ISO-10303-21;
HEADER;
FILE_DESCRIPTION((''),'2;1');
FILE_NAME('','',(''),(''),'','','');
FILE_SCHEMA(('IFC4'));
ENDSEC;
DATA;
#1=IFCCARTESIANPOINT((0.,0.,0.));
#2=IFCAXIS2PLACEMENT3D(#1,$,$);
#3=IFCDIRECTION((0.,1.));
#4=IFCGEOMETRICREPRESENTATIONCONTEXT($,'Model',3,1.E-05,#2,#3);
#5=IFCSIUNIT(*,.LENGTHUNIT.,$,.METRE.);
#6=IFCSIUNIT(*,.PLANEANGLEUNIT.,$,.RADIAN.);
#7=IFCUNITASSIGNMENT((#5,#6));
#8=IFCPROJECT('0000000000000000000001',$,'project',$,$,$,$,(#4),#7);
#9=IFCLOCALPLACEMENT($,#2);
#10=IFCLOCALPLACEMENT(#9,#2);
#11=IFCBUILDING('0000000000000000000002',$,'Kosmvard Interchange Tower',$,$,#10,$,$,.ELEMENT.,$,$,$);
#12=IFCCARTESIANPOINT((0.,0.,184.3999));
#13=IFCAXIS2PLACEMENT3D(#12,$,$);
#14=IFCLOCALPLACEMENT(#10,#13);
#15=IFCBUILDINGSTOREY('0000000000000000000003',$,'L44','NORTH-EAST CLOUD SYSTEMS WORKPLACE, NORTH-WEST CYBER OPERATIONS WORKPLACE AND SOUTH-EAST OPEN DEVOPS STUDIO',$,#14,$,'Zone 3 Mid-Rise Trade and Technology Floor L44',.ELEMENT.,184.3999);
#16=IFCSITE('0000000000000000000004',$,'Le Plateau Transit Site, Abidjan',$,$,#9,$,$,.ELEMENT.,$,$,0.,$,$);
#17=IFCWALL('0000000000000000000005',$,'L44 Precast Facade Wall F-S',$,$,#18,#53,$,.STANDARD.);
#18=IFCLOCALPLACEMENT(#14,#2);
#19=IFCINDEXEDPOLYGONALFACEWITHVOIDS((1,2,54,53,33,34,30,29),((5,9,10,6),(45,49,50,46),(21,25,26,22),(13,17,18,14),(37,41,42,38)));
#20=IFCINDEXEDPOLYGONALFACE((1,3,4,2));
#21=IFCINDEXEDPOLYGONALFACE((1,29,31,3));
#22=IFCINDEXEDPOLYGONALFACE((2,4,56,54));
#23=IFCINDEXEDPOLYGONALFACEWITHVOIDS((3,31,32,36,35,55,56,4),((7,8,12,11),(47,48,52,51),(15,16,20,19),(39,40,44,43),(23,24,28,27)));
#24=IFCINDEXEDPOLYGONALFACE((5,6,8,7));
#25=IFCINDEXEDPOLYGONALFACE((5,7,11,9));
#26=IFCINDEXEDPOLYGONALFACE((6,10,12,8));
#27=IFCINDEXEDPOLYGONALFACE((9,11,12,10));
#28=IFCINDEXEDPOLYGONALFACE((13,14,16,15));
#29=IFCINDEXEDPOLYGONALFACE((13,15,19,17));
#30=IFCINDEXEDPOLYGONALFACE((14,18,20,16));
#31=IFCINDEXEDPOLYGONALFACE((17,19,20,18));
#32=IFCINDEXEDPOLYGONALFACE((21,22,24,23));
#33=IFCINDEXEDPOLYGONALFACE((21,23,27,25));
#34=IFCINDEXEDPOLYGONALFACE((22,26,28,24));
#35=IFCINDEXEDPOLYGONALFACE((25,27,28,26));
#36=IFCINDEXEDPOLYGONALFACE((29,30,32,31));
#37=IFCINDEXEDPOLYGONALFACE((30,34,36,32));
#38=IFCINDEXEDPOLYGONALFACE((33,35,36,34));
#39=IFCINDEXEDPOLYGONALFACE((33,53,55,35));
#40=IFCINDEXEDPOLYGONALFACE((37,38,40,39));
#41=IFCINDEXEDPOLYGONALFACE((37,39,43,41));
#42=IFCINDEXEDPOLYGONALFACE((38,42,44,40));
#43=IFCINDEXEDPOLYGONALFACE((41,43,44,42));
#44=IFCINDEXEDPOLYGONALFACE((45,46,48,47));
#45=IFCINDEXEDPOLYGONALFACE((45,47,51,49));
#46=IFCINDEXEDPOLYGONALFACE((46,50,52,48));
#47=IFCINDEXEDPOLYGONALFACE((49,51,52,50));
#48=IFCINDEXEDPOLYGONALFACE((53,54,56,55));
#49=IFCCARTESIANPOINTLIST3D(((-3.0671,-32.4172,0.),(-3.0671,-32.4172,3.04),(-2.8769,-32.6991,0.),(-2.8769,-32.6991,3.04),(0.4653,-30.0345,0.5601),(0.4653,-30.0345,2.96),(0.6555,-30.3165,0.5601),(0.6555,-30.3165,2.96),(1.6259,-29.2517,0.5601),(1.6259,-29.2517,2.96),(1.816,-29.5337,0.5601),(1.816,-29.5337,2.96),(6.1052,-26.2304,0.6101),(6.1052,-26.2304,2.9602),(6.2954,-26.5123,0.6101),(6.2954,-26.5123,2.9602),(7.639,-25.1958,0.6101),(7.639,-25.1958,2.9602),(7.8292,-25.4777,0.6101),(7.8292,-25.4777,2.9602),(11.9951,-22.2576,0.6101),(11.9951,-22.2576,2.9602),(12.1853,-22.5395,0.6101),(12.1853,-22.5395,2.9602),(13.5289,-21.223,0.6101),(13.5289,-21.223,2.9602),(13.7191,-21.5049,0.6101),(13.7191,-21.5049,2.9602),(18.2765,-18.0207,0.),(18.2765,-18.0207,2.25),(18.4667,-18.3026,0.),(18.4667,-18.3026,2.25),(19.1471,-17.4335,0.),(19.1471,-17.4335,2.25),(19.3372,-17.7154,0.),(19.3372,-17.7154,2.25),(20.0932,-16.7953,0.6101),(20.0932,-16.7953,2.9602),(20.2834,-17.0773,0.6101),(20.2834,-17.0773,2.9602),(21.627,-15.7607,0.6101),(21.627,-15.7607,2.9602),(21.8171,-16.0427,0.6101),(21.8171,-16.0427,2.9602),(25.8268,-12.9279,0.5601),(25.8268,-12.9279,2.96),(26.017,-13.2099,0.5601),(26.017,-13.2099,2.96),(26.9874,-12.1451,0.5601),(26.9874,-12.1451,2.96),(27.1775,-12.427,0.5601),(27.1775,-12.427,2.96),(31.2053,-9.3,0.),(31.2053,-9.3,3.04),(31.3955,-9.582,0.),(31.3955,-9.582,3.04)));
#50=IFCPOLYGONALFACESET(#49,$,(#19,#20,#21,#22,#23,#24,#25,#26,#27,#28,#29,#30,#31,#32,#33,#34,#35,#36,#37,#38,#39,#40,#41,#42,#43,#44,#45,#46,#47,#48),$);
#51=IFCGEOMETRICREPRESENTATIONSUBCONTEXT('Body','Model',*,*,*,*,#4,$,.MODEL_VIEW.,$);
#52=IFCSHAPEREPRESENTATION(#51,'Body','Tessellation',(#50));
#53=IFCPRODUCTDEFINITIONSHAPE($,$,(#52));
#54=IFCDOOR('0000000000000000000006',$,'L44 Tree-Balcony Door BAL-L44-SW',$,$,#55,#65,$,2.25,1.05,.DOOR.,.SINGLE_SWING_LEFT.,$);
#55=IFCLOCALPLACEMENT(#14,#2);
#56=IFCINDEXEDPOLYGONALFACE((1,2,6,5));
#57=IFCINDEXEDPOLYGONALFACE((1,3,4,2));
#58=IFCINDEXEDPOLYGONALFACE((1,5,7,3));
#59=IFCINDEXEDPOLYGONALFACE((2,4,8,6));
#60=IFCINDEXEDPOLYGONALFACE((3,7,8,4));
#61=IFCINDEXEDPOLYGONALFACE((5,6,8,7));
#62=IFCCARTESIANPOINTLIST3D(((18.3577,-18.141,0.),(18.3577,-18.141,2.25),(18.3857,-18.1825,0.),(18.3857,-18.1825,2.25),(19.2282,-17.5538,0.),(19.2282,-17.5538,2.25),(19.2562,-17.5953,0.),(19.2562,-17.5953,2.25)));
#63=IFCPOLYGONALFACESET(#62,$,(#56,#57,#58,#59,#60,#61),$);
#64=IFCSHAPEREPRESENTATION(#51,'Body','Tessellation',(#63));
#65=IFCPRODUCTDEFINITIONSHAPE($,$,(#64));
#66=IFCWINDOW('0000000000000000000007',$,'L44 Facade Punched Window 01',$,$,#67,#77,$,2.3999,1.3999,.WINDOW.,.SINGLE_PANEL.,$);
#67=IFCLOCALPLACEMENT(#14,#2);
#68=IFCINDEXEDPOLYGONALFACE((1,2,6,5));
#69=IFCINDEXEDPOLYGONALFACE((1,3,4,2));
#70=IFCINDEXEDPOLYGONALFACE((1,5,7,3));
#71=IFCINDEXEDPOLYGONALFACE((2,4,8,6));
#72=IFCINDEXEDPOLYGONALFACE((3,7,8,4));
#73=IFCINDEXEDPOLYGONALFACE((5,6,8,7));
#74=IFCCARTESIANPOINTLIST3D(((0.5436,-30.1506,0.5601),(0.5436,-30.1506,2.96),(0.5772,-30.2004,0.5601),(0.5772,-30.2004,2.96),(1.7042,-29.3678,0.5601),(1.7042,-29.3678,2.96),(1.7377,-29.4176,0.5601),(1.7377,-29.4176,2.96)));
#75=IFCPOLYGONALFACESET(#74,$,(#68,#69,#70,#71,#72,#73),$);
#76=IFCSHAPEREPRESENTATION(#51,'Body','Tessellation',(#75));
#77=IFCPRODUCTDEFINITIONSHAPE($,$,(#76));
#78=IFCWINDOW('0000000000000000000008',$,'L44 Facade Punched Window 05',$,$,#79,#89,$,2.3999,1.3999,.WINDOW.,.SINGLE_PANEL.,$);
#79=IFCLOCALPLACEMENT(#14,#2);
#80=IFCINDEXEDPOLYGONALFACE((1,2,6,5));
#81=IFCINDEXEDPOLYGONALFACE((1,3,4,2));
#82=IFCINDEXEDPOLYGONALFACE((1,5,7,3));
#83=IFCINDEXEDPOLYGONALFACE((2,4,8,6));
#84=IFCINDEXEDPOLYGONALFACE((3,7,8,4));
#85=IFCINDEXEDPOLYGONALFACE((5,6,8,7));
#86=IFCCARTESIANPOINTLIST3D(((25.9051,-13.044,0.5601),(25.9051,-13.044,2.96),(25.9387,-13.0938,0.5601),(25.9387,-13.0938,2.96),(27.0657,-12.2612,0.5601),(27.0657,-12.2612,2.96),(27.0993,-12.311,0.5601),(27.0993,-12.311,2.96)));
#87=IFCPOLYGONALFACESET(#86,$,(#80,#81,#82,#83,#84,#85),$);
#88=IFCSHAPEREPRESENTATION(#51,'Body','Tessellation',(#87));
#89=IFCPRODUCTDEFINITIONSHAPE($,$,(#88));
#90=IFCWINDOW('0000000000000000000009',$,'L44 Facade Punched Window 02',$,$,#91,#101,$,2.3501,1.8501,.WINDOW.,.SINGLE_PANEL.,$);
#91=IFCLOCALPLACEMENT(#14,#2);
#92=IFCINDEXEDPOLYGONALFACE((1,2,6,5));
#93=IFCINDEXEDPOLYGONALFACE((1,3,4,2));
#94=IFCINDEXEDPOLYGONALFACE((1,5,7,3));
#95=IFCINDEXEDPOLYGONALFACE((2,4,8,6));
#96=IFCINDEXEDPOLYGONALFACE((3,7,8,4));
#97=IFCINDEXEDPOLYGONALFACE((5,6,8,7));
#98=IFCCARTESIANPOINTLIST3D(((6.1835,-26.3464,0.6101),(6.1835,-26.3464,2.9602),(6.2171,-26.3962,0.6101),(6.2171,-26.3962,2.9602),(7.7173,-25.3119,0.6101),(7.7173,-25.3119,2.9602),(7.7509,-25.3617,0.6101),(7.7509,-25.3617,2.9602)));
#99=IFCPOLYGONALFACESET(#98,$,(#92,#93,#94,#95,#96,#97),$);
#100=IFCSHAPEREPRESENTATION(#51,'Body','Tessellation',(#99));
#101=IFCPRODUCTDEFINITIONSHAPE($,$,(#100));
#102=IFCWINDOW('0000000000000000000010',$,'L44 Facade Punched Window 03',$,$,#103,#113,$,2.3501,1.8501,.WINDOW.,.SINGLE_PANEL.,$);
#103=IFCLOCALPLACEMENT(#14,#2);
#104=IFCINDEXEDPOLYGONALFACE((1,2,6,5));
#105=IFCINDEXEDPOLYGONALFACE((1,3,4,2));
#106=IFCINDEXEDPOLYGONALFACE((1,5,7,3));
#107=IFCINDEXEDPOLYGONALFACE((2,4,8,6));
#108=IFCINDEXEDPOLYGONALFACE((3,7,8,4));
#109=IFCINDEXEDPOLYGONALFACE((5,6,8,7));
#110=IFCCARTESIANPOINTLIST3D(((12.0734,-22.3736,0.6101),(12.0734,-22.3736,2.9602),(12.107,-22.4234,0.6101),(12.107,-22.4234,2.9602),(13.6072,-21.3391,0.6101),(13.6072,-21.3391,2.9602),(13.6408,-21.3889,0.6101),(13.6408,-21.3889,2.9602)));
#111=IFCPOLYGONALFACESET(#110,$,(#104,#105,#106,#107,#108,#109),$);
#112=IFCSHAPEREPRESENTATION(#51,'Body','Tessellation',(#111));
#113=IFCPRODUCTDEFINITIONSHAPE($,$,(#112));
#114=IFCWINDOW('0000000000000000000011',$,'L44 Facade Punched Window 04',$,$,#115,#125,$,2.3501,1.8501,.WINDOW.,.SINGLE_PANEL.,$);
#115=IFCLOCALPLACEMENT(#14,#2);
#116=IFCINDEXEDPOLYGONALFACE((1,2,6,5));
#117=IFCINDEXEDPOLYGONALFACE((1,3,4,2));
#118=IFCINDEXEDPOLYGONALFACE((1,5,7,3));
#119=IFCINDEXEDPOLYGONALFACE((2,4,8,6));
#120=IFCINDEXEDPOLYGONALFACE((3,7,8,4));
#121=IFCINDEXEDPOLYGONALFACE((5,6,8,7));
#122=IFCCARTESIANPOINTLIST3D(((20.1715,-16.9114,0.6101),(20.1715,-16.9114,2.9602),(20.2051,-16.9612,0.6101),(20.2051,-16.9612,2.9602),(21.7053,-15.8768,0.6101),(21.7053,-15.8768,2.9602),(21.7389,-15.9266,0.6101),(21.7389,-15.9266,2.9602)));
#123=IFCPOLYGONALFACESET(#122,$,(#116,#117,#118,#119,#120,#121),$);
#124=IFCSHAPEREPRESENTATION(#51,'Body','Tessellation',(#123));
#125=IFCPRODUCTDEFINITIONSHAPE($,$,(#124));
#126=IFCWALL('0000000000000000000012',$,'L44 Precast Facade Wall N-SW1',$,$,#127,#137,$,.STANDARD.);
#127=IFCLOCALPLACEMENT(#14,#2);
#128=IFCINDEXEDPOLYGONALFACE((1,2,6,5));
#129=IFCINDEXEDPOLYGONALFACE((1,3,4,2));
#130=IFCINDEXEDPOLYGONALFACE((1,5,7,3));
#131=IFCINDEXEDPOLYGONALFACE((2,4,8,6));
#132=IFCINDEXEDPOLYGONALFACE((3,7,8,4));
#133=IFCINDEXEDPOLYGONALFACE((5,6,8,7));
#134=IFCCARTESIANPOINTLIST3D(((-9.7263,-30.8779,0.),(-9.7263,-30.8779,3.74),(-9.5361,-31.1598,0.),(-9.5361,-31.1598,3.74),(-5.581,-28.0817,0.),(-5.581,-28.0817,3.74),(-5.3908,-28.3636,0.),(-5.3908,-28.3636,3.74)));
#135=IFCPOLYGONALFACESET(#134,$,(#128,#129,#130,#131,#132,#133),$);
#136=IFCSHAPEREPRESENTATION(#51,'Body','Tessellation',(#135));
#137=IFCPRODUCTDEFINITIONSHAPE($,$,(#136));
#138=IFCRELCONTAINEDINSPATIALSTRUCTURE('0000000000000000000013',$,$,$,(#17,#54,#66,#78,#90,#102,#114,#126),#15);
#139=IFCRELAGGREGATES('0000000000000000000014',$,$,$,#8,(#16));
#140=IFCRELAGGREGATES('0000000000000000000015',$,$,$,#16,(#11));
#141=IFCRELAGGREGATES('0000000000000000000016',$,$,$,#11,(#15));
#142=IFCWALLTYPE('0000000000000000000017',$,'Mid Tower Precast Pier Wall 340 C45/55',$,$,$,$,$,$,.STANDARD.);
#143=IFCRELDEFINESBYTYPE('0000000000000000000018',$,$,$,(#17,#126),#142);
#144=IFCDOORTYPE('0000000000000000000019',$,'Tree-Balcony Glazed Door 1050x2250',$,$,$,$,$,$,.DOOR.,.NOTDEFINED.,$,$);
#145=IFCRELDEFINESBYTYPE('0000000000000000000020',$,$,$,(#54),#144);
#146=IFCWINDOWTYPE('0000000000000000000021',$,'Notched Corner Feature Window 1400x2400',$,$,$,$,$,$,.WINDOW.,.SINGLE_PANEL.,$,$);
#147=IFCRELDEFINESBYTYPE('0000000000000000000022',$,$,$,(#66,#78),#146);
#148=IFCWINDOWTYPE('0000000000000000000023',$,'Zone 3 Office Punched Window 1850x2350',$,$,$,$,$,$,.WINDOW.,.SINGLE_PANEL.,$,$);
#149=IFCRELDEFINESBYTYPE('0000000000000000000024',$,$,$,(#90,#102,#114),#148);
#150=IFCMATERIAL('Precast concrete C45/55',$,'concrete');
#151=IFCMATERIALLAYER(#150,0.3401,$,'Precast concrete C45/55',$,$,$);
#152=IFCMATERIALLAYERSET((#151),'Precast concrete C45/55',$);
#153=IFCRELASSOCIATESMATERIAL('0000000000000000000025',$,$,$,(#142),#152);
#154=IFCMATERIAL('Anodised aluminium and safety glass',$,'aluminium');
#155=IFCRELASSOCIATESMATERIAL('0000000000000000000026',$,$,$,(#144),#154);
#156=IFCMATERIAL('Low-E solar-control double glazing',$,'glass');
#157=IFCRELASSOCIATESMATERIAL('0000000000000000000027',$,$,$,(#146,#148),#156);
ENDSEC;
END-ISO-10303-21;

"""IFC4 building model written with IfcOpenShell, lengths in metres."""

from ifc_helpers import new_model, si_unit, direction, frame, frame_2d, origin, place, context, subcontext, project, spatial, rectangle, extrude, source, transform, mapped, material, layer, layer_set, type_object, element, fill, save


model = new_model("IFC4")

# Units and contexts
model_context = context("Model", 3, precision=1e-05, world=origin(), true_north=direction((0.0, 1.0)))
body_context = subcontext(model_context, "Body", "Model", "MODEL_VIEW")
ifc_project = project(units=[si_unit("LENGTHUNIT", "METRE"), si_unit("PLANEANGLEUNIT", "RADIAN")], contexts=[model_context])

# Site, building, storey
site_placement = place(None, origin())
site = spatial("IfcSite", under=ifc_project, at=site_placement, Name="Le Plateau Transit Site, Abidjan", CompositionType="ELEMENT", RefElevation=0.0)
building_placement = place(site_placement, origin())
building = spatial("IfcBuilding", under=site, at=building_placement, Name="Kosmvard Interchange Tower", CompositionType="ELEMENT")
storey_placement = place(building_placement, frame((0.0, 0.0, 184.3999)))
storey = spatial("IfcBuildingStorey", under=building, at=storey_placement, Name="L44", Description="NORTH-EAST CLOUD SYSTEMS WORKPLACE, NORTH-WEST CYBER OPERATIONS WORKPLACE AND SOUTH-EAST OPEN DEVOPS STUDIO", LongName="Zone 3 Mid-Rise Trade and Technology Floor L44", CompositionType="ELEMENT", Elevation=184.3999)

# Shared definitions
ifc_material_1 = material(Name="Precast concrete C45/55", Category="concrete")

# Wall, openings, door, windows
ifc_layer_1 = layer(ifc_material_1, 0.3401, Name="Precast concrete C45/55")
ifc_layer_set_1 = layer_set([ifc_layer_1], Name="Precast concrete C45/55")
wall_type = type_object("IfcWallType", Name="Mid Tower Precast Pier Wall 340 C45/55", PredefinedType="STANDARD", material=ifc_layer_set_1)
wall_1_placement = place(storey_placement, frame((-2.9719, -32.5581, 0.0), z_axis=(0.0, 0.0, 1.0), x_axis=(0.829036, 0.559195, 0.0)))
wall_1 = element("IfcWall", 1, at=wall_1_placement, inside=storey, type_object=wall_type, Name="L44 Precast Facade Wall F-S", PredefinedType="STANDARD", context=body_context, shape_type="SweptSolid", body=[
    extrude(rectangle(XDim=41.3401, YDim=0.3401, at=frame_2d((20.6699, 0.0))), origin(), (0.0, 0.0, 1.0), 3.04),
])
opening_1_placement = place(wall_1_placement, frame((25.7451, 0.0, 0.0)))
opening_1 = element("IfcOpeningElement", 2, at=opening_1_placement, cuts=wall_1, PredefinedType="OPENING", context=body_context, shape_type="SweptSolid", body=[
    extrude(rectangle(XDim=1.05, YDim=2.25, at=frame_2d((0.5249, 1.125))), frame((0.0, 0.1802, 0.0), z_axis=(0.0, -1.0, 0.0), x_axis=(1.0, 0.0, 0.0)), (0.0, 0.0, 1.0), 0.3601),
])
opening_2_placement = place(wall_1_placement, frame((4.2607, 0.0, 0.5601)))
opening_2 = element("IfcOpeningElement", 3, at=opening_2_placement, cuts=wall_1, PredefinedType="OPENING", context=body_context, shape_type="SweptSolid", body=[
    extrude(rectangle(XDim=1.3999, YDim=2.3999, at=frame_2d((0.7, 1.2))), frame((0.0, 0.1802, 0.0), z_axis=(0.0, -1.0, 0.0), x_axis=(1.0, 0.0, 0.0)), (0.0, 0.0, 1.0), 0.3601),
])
opening_3_placement = place(wall_1_placement, frame((11.0637, 0.0, 0.6101)))
opening_3 = element("IfcOpeningElement", 4, at=opening_3_placement, cuts=wall_1, PredefinedType="OPENING", context=body_context, shape_type="SweptSolid", body=[
    extrude(rectangle(XDim=1.8501, YDim=2.3501, at=frame_2d((0.925, 1.175))), frame((0.0, 0.1802, 0.0), z_axis=(0.0, -1.0, 0.0), x_axis=(1.0, 0.0, 0.0)), (0.0, 0.0, 1.0), 0.3601),
])
opening_4_placement = place(wall_1_placement, frame((18.1682, 0.0, 0.6101)))
opening_4 = element("IfcOpeningElement", 5, at=opening_4_placement, cuts=wall_1, PredefinedType="OPENING", context=body_context, shape_type="SweptSolid", body=[
    extrude(rectangle(XDim=1.8501, YDim=2.3501, at=frame_2d((0.925, 1.175))), frame((0.0, 0.1802, 0.0), z_axis=(0.0, -1.0, 0.0), x_axis=(1.0, 0.0, 0.0)), (0.0, 0.0, 1.0), 0.3601),
])
opening_5_placement = place(wall_1_placement, frame((27.9363, 0.0, 0.6101)))
opening_5 = element("IfcOpeningElement", 6, at=opening_5_placement, cuts=wall_1, PredefinedType="OPENING", context=body_context, shape_type="SweptSolid", body=[
    extrude(rectangle(XDim=1.8501, YDim=2.3501, at=frame_2d((0.925, 1.175))), frame((0.0, 0.1802, 0.0), z_axis=(0.0, -1.0, 0.0), x_axis=(1.0, 0.0, 0.0)), (0.0, 0.0, 1.0), 0.3601),
])
opening_6_placement = place(wall_1_placement, frame((34.8523, 0.0, 0.5601)))
opening_6 = element("IfcOpeningElement", 7, at=opening_6_placement, cuts=wall_1, PredefinedType="OPENING", context=body_context, shape_type="SweptSolid", body=[
    extrude(rectangle(XDim=1.3999, YDim=2.3999, at=frame_2d((0.7, 1.2))), frame((0.0, 0.1802, 0.0), z_axis=(0.0, -1.0, 0.0), x_axis=(1.0, 0.0, 0.0)), (0.0, 0.0, 1.0), 0.3601),
])
ifc_material_2 = material(Name="Anodised aluminium and safety glass", Category="aluminium")
door_type = type_object("IfcDoorType", Name="Tree-Balcony Glazed Door 1050x2250", OperationType="NOTDEFINED", PredefinedType="DOOR", material=ifc_material_2)
shared_shape_1 = source(origin(), body_context, "Body", "SweptSolid", [
    extrude(rectangle(XDim=1.05, YDim=2.25, at=frame_2d((0.5249, 1.125))), frame((0.0, 0.0249, 0.0), z_axis=(0.0, -1.0, 0.0), x_axis=(1.0, 0.0, 0.0)), (0.0, 0.0, 1.0), 0.05),
])
door_placement = place(opening_1_placement, origin())
door = element("IfcDoor", 8, at=door_placement, inside=storey, type_object=door_type, Name="L44 Tree-Balcony Door BAL-L44-SW", OperationType="SINGLE_SWING_LEFT", OverallHeight=2.25, OverallWidth=1.05, PredefinedType="DOOR", context=body_context, shape_type="MappedRepresentation", body=[
    mapped(shared_shape_1, transform((0.0, 0.0, 0.0), scale=1.0)),
])
fill(opening_1, door)
ifc_material_3 = material(Name="Low-E solar-control double glazing", Category="glass")
window_type_1 = type_object("IfcWindowType", Name="Notched Corner Feature Window 1400x2400", PartitioningType="SINGLE_PANEL", PredefinedType="WINDOW", material=ifc_material_3)
shared_shape_2 = source(origin(), body_context, "Body", "SweptSolid", [
    extrude(rectangle(XDim=1.3999, YDim=2.3999, at=frame_2d((0.7, 1.2))), frame((0.0, 0.03, 0.0), z_axis=(0.0, -1.0, 0.0), x_axis=(1.0, 0.0, 0.0)), (0.0, 0.0, 1.0), 0.0601),
])
window_1_placement = place(opening_2_placement, origin())
window_1 = element("IfcWindow", 9, at=window_1_placement, inside=storey, type_object=window_type_1, Name="L44 Facade Punched Window 01", OverallHeight=2.3999, OverallWidth=1.3999, PartitioningType="SINGLE_PANEL", PredefinedType="WINDOW", context=body_context, shape_type="MappedRepresentation", body=[
    mapped(shared_shape_2, transform((0.0, 0.0, 0.0), scale=1.0)),
])
fill(opening_2, window_1)
window_2_placement = place(opening_6_placement, origin())
window_2 = element("IfcWindow", 10, at=window_2_placement, inside=storey, type_object=window_type_1, Name="L44 Facade Punched Window 05", OverallHeight=2.3999, OverallWidth=1.3999, PartitioningType="SINGLE_PANEL", PredefinedType="WINDOW", context=body_context, shape_type="MappedRepresentation", body=[
    mapped(shared_shape_2, transform((0.0, 0.0, 0.0), scale=1.0)),
])
fill(opening_6, window_2)
window_type_2 = type_object("IfcWindowType", Name="Zone 3 Office Punched Window 1850x2350", PartitioningType="SINGLE_PANEL", PredefinedType="WINDOW", material=ifc_material_3)
shared_shape_3 = source(origin(), body_context, "Body", "SweptSolid", [
    extrude(rectangle(XDim=1.8501, YDim=2.3501, at=frame_2d((0.925, 1.175))), frame((0.0, 0.03, 0.0), z_axis=(0.0, -1.0, 0.0), x_axis=(1.0, 0.0, 0.0)), (0.0, 0.0, 1.0), 0.0601),
])
window_3_placement = place(opening_3_placement, origin())
window_3 = element("IfcWindow", 11, at=window_3_placement, inside=storey, type_object=window_type_2, Name="L44 Facade Punched Window 02", OverallHeight=2.3501, OverallWidth=1.8501, PartitioningType="SINGLE_PANEL", PredefinedType="WINDOW", context=body_context, shape_type="MappedRepresentation", body=[
    mapped(shared_shape_3, transform((0.0, 0.0, 0.0), scale=1.0)),
])
fill(opening_3, window_3)
window_4_placement = place(opening_4_placement, origin())
window_4 = element("IfcWindow", 12, at=window_4_placement, inside=storey, type_object=window_type_2, Name="L44 Facade Punched Window 03", OverallHeight=2.3501, OverallWidth=1.8501, PartitioningType="SINGLE_PANEL", PredefinedType="WINDOW", context=body_context, shape_type="MappedRepresentation", body=[
    mapped(shared_shape_3, transform((0.0, 0.0, 0.0), scale=1.0)),
])
fill(opening_4, window_4)
window_5_placement = place(opening_5_placement, origin())
window_5 = element("IfcWindow", 13, at=window_5_placement, inside=storey, type_object=window_type_2, Name="L44 Facade Punched Window 04", OverallHeight=2.3501, OverallWidth=1.8501, PartitioningType="SINGLE_PANEL", PredefinedType="WINDOW", context=body_context, shape_type="MappedRepresentation", body=[
    mapped(shared_shape_3, transform((0.0, 0.0, 0.0), scale=1.0)),
])
fill(opening_5, window_5)

# Wall
wall_2_placement = place(storey_placement, frame((-9.6311, -31.0188, 0.0), z_axis=(0.0, 0.0, 1.0), x_axis=(0.829026, 0.55921, 0.0)))
element("IfcWall", 14, at=wall_2_placement, inside=storey, type_object=wall_type, Name="L44 Precast Facade Wall N-SW1", PredefinedType="STANDARD", context=body_context, shape_type="SweptSolid", body=[
    extrude(rectangle(XDim=5.0002, YDim=0.3401, at=frame_2d((2.5, 0.0))), origin(), (0.0, 0.0, 1.0), 3.74),
])

save(model, "model.ifc")
